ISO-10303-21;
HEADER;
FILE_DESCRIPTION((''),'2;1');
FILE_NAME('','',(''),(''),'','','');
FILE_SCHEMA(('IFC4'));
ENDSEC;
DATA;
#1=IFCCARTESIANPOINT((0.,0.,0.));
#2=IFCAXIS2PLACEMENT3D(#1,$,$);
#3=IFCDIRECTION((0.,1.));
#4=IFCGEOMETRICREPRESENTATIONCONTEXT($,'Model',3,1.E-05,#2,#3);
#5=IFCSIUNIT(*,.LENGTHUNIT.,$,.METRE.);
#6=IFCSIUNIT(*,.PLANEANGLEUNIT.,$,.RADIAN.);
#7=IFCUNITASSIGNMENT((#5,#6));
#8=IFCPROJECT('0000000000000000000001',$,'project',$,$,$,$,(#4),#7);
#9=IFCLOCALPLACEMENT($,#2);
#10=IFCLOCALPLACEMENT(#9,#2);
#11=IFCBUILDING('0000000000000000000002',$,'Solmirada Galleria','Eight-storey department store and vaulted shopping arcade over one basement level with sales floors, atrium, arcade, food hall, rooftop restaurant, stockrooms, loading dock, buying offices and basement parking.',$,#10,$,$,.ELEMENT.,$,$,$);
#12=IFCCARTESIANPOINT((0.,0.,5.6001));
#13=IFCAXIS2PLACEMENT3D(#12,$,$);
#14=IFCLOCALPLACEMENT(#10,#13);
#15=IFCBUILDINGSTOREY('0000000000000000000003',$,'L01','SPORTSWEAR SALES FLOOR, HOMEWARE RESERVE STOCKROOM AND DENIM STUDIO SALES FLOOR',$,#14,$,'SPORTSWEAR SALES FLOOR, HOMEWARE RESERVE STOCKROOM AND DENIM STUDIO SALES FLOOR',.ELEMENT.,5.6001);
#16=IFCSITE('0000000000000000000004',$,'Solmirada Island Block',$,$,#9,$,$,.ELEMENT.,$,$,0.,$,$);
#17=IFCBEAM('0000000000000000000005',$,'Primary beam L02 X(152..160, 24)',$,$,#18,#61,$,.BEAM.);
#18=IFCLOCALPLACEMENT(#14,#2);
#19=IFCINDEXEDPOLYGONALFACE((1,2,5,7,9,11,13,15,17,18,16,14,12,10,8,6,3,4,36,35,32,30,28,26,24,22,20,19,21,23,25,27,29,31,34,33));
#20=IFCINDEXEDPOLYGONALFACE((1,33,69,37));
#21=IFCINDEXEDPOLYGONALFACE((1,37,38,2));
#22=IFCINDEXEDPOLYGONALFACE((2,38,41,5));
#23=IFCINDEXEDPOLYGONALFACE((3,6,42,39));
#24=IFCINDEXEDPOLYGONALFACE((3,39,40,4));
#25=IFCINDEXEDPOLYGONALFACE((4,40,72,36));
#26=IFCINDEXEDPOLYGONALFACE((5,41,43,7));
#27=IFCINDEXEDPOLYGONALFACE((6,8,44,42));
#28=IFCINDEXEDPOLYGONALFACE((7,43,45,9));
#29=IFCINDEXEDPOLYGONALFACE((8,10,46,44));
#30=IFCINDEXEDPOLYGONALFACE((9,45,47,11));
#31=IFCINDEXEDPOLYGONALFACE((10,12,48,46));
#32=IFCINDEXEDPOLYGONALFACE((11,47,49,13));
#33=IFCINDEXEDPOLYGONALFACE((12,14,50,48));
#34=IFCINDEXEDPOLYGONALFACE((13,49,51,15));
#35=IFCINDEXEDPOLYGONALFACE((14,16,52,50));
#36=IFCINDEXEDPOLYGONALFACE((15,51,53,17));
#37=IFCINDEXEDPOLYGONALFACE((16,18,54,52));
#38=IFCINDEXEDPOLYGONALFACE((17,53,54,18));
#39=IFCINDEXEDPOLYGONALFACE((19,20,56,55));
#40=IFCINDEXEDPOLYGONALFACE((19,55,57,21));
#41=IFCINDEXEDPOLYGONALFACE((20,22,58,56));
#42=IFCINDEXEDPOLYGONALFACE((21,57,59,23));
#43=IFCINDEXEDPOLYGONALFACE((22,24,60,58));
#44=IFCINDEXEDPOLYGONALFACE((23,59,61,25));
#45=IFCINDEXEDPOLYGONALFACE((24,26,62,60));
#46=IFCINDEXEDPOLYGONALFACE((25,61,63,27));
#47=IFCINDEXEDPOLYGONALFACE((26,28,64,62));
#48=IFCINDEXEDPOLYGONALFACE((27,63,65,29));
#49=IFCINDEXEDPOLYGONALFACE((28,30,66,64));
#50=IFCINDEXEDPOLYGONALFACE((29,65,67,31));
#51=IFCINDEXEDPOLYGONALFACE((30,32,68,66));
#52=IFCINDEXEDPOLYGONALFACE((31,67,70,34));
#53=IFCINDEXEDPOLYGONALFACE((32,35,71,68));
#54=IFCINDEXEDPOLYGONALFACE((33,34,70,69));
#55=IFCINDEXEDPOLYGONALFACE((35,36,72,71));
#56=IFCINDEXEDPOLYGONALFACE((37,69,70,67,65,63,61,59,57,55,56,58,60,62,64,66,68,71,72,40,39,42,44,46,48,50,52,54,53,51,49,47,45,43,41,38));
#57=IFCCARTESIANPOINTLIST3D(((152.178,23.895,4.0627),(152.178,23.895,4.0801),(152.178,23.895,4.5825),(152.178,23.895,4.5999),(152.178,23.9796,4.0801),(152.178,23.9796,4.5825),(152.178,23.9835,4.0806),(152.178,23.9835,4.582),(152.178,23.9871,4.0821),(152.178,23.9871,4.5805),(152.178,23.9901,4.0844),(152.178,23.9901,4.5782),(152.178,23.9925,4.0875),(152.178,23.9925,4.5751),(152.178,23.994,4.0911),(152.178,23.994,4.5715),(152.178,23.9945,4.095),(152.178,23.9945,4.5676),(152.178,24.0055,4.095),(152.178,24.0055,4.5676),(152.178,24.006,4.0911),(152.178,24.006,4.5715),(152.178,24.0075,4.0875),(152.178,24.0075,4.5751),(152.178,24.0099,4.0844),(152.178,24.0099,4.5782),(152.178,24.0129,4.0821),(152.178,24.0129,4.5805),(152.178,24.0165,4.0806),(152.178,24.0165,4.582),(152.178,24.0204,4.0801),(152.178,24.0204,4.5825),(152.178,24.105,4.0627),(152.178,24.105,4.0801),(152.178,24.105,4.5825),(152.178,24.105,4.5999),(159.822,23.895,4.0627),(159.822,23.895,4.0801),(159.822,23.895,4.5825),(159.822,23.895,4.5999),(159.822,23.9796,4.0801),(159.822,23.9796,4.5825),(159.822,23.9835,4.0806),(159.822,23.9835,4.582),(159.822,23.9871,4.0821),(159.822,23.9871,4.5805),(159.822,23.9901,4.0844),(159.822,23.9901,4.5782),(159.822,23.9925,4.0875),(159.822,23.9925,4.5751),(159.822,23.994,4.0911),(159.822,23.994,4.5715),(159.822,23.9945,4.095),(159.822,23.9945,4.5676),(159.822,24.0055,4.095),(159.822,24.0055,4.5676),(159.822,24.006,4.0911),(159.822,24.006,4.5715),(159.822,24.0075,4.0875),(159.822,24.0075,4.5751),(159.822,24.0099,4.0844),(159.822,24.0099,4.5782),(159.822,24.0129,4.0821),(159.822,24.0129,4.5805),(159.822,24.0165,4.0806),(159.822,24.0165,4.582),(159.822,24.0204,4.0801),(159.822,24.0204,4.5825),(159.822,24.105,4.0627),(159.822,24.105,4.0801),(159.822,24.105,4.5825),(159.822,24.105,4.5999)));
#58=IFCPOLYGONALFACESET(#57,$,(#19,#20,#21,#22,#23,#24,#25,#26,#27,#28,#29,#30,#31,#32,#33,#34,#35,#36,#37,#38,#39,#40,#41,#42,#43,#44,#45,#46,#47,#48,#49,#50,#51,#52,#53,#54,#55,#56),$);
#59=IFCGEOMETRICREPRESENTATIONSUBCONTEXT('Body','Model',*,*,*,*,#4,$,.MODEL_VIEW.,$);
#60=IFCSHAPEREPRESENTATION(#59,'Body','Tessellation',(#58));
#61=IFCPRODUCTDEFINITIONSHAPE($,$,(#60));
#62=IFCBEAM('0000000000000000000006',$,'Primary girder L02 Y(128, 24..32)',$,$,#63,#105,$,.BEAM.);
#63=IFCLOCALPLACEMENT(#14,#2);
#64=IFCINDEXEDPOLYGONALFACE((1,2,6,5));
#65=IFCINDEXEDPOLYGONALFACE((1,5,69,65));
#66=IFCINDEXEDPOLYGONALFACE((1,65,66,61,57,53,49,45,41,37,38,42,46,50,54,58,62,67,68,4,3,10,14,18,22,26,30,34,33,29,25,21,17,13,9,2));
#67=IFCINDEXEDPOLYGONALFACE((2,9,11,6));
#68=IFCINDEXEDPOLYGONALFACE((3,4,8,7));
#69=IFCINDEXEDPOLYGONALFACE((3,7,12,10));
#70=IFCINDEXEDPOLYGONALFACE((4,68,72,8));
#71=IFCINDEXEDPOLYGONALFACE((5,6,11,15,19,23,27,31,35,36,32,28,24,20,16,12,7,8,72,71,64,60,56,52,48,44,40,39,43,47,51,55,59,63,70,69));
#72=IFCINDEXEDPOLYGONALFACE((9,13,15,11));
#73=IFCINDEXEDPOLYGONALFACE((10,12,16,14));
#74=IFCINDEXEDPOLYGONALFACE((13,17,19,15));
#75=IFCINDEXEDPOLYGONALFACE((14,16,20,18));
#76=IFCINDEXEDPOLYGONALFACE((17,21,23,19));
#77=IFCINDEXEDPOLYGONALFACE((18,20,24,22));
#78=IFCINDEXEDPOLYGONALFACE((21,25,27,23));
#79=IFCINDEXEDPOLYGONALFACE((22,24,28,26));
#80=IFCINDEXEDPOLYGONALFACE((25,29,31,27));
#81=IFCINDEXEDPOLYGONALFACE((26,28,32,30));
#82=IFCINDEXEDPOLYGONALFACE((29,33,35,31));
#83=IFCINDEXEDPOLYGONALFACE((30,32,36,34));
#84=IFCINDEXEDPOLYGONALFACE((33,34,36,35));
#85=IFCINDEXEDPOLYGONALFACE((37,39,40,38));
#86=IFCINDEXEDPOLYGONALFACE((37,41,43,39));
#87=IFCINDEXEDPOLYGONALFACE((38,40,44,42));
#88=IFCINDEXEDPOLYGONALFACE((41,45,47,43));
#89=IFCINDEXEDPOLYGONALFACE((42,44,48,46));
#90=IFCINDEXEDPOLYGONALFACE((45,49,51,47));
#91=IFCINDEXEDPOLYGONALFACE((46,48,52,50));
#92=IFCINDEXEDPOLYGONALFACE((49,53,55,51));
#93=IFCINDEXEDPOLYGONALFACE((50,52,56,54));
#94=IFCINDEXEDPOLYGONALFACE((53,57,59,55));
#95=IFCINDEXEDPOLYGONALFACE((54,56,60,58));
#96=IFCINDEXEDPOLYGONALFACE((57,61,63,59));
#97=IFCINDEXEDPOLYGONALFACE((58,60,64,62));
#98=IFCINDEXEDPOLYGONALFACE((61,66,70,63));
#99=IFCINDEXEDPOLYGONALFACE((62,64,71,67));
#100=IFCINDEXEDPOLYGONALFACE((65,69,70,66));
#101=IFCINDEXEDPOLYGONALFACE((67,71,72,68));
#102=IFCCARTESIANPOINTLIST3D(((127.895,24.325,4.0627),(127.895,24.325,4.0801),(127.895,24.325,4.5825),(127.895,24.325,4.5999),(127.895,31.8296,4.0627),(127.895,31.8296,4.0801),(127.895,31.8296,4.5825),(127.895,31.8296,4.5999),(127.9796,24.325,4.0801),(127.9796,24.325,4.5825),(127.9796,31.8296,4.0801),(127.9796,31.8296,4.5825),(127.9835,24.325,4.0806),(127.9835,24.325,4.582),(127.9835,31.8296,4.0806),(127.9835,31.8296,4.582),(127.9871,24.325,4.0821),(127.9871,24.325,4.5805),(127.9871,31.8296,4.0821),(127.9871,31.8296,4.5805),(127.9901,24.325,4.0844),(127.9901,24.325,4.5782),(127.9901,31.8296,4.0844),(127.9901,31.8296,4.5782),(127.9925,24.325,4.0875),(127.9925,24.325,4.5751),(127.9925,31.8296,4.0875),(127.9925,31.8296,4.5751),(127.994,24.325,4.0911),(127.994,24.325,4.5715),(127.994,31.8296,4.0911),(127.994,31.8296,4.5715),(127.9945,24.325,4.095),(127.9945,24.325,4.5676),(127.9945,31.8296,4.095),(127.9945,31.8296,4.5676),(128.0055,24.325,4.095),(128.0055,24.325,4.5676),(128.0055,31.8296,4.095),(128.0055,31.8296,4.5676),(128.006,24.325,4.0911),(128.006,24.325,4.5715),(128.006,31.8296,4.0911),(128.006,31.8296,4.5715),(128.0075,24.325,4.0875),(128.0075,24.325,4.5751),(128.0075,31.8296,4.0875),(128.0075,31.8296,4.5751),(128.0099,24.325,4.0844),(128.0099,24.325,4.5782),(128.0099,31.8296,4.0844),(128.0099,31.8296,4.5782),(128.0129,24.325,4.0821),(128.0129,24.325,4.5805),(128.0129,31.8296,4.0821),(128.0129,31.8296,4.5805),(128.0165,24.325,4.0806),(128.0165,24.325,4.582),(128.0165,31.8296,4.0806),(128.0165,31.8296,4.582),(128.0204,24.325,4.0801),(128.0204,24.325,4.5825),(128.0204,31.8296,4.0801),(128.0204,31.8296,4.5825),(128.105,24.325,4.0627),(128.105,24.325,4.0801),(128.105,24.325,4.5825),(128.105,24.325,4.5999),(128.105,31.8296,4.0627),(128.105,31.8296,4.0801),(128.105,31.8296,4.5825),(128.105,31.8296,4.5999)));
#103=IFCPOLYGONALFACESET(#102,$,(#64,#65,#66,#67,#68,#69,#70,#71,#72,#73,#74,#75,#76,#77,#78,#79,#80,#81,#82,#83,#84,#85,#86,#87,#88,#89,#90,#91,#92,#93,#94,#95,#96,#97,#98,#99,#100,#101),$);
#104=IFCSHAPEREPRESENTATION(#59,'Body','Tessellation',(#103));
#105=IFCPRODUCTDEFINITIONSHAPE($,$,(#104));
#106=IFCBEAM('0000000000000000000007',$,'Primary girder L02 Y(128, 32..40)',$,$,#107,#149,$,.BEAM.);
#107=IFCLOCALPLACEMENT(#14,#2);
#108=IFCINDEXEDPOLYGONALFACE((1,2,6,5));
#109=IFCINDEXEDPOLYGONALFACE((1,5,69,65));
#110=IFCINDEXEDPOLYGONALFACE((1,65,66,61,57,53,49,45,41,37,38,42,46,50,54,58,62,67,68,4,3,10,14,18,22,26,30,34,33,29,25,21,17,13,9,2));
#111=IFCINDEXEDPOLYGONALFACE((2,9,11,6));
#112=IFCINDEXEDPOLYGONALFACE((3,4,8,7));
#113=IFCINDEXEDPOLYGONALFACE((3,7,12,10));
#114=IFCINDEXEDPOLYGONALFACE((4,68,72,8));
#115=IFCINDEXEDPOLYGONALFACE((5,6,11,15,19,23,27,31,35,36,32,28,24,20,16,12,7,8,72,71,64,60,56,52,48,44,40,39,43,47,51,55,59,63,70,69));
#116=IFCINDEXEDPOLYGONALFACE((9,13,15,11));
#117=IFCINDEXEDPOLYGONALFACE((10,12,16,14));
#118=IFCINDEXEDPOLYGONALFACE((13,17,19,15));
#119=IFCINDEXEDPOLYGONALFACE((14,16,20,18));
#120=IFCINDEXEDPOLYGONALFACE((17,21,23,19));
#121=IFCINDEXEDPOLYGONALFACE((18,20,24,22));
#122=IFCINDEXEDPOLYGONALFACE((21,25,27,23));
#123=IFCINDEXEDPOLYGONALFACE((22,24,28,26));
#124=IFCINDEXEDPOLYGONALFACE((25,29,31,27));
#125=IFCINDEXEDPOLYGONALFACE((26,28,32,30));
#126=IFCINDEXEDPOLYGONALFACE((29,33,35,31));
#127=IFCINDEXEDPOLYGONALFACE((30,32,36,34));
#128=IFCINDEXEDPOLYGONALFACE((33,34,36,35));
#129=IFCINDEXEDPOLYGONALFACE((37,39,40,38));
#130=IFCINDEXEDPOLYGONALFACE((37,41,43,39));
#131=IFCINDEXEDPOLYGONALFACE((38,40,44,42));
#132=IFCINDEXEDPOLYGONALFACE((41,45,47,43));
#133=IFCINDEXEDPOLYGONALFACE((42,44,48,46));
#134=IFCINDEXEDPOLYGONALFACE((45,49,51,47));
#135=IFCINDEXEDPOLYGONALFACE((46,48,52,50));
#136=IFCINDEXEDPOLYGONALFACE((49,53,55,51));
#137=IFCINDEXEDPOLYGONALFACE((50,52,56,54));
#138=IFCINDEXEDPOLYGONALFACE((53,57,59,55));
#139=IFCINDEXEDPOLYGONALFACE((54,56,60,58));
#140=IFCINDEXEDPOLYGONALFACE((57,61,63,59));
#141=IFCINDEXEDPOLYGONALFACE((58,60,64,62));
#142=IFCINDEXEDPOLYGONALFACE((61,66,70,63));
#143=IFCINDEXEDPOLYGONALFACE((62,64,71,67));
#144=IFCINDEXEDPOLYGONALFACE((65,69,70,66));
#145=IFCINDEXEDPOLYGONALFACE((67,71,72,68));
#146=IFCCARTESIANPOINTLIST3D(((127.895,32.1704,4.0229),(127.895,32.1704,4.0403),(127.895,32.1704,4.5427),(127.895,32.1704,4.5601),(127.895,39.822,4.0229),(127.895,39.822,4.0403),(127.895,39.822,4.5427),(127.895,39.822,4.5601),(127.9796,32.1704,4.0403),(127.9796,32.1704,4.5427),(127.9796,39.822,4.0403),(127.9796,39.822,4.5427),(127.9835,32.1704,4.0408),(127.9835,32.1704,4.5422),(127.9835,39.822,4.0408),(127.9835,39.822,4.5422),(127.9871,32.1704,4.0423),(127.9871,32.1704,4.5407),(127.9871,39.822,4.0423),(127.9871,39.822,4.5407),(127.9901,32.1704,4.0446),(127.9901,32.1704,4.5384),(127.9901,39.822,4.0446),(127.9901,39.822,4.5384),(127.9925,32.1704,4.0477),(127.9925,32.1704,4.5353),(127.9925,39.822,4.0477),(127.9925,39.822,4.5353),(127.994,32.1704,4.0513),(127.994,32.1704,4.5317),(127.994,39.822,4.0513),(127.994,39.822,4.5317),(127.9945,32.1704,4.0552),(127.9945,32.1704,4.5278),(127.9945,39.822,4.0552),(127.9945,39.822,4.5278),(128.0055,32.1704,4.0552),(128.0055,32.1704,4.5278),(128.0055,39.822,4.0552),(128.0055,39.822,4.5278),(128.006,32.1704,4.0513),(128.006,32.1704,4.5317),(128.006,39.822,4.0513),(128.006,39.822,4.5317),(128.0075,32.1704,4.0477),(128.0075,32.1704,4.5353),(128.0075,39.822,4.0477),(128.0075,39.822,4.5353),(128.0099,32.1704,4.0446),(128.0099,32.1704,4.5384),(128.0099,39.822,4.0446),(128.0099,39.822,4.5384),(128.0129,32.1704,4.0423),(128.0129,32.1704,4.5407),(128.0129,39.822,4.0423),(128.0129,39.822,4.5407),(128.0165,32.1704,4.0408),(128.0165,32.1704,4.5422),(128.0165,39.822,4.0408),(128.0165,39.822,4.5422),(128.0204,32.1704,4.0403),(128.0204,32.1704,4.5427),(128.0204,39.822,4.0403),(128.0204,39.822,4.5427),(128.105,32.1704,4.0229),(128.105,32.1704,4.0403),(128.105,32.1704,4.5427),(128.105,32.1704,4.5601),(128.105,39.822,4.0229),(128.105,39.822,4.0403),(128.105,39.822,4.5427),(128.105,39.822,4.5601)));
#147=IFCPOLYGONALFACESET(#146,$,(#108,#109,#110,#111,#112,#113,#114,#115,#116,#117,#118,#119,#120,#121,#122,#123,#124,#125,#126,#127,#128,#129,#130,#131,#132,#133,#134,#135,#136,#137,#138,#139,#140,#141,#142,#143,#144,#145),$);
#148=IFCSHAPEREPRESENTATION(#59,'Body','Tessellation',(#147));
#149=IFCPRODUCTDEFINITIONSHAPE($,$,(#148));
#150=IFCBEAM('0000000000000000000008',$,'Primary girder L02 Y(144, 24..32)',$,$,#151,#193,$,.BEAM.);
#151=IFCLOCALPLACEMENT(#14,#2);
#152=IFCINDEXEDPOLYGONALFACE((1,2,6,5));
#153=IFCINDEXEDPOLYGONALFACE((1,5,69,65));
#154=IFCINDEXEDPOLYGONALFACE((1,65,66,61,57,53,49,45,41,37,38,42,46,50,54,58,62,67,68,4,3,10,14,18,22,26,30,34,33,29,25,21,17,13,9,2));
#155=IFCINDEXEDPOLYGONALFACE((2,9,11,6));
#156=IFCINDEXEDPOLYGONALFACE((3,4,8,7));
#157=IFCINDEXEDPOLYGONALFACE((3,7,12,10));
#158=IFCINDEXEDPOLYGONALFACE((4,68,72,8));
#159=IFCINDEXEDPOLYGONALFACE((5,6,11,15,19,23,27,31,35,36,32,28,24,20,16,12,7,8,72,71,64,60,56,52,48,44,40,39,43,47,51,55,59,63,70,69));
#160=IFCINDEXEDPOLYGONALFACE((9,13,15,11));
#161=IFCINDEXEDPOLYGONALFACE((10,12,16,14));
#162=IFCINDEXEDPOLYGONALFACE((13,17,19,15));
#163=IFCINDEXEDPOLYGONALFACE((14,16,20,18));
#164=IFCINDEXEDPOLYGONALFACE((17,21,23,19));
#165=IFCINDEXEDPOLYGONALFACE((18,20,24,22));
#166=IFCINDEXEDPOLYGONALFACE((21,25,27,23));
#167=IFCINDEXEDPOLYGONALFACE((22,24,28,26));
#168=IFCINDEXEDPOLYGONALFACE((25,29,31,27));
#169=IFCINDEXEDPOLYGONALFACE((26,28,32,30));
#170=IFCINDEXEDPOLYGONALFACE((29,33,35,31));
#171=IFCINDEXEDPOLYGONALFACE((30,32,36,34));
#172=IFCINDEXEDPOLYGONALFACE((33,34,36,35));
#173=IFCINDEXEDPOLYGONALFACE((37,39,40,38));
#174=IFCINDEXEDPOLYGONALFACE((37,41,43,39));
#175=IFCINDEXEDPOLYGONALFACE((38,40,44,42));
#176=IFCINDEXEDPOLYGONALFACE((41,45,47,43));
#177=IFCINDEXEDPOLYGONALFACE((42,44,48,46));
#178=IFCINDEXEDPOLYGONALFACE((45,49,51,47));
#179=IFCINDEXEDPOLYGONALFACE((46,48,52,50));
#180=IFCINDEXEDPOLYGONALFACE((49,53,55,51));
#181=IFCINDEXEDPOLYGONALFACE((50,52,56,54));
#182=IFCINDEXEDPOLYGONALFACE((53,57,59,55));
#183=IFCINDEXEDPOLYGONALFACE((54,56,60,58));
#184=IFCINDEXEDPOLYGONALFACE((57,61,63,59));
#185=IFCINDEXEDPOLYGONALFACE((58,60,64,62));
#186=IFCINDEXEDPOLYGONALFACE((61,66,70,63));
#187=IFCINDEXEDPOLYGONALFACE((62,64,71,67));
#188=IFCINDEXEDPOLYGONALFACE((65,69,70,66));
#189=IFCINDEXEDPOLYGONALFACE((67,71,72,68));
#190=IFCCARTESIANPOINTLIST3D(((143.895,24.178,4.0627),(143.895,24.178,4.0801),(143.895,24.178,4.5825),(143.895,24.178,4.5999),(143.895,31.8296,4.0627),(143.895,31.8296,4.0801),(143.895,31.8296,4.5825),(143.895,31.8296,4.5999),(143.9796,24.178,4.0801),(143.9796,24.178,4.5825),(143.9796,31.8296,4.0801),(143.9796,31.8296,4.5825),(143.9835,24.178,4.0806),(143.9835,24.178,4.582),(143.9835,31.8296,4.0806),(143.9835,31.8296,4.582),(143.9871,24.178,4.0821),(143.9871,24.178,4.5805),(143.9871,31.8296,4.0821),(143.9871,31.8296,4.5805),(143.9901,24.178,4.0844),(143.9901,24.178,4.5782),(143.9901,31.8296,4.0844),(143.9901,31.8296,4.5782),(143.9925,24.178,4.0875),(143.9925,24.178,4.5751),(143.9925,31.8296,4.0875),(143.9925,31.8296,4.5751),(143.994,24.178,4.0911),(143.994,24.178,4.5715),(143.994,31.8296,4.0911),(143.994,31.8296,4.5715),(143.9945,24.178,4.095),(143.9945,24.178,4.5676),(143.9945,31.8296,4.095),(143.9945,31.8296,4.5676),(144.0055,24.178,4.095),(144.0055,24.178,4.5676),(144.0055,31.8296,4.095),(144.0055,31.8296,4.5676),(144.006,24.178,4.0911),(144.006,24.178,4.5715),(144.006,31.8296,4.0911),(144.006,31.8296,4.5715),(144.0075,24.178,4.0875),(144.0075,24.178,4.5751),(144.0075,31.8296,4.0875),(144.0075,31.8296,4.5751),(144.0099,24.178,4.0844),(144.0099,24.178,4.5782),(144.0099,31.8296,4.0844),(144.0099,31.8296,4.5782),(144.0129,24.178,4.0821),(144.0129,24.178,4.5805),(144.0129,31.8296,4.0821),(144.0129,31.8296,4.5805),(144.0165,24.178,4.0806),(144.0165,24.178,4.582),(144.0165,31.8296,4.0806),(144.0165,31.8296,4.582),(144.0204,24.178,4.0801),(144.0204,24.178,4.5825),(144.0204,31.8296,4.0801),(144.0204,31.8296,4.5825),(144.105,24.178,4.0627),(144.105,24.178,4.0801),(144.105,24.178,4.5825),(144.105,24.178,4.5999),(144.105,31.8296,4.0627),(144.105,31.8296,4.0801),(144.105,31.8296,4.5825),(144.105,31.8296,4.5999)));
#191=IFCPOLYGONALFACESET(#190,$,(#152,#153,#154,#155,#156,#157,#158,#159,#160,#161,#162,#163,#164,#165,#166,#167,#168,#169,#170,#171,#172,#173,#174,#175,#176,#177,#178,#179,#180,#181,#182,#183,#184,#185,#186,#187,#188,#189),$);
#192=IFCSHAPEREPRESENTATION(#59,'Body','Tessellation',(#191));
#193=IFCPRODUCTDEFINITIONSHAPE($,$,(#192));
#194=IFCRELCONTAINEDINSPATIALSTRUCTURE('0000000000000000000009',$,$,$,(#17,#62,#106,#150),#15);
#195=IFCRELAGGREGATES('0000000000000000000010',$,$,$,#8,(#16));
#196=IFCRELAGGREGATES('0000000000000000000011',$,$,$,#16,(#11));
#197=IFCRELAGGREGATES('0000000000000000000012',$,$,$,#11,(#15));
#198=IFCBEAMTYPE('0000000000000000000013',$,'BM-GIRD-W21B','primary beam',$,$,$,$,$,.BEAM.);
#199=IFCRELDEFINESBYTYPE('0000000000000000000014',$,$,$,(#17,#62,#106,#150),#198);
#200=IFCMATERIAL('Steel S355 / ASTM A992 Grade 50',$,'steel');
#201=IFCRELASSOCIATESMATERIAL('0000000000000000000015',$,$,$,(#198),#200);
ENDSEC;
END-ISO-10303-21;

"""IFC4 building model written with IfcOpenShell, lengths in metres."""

from ifc_helpers import new_model, si_unit, direction, frame, origin, origin_2d, place, context, subcontext, project, spatial, i_section, extrude, material, material_profile, profile_set, type_object, element, save


model = new_model("IFC4")

# Units and contexts
model_context = context("Model", 3, precision=1e-05, world=origin(), true_north=direction((0.0, 1.0)))
body_context = subcontext(model_context, "Body", "Model", "MODEL_VIEW")
ifc_project = project(units=[si_unit("LENGTHUNIT", "METRE"), si_unit("PLANEANGLEUNIT", "RADIAN")], contexts=[model_context])

# Site, building, storey
site_placement = place(None, origin())
site = spatial("IfcSite", under=ifc_project, at=site_placement, Name="Solmirada Island Block", CompositionType="ELEMENT", RefElevation=0.0)
building_placement = place(site_placement, origin())
building = spatial("IfcBuilding", under=site, at=building_placement, Name="Solmirada Galleria", Description="Eight-storey department store and vaulted shopping arcade over one basement level with sales floors, atrium, arcade, food hall, rooftop restaurant, stockrooms, loading dock, buying offices and basement parking.", CompositionType="ELEMENT")
storey_placement = place(building_placement, frame((0.0, 0.0, 5.6001)))
storey = spatial("IfcBuildingStorey", under=building, at=storey_placement, Name="L01", Description="SPORTSWEAR SALES FLOOR, HOMEWARE RESERVE STOCKROOM AND DENIM STUDIO SALES FLOOR", LongName="SPORTSWEAR SALES FLOOR, HOMEWARE RESERVE STOCKROOM AND DENIM STUDIO SALES FLOOR", CompositionType="ELEMENT", Elevation=5.6001)

# Beams
ifc_material_1 = material(Name="Steel S355 / ASTM A992 Grade 50", Category="steel")
ifc_material_profile_1 = material_profile(ifc_material_1, i_section(OverallWidth=0.21, OverallDepth=0.5371, WebThickness=0.011, FlangeThickness=0.0173, FilletRadius=0.0149, at=origin_2d()), Name="W21X68")
ifc_profile_set_1 = profile_set([ifc_material_profile_1], Name="Steel S355 / ASTM A992 Grade 50")
beam_type_1 = type_object("IfcBeamType", Name="BM-GIRD-W21B", Description="primary beam", PredefinedType="BEAM", material=ifc_profile_set_1)
for number, where, z_axis, x_axis, name in (
    (1, (152.178, 24.0, 4.3313), (1.0, 0.0, 0.0), (0.0, 1.0, 0.0), "Primary beam L02 X(152..160, 24)"),
):
    element("IfcBeam", number, at=place(storey_placement, frame(where, z_axis=z_axis, x_axis=x_axis)), inside=storey, type_object=beam_type_1, Name=name, PredefinedType="BEAM", context=body_context, shape_type="SweptSolid", body=[
        extrude(i_section(OverallWidth=0.21, OverallDepth=0.5371, WebThickness=0.011, FlangeThickness=0.0173, FilletRadius=0.0149, at=origin_2d()), origin(), (0.0, 0.0, 1.0), 7.644),
    ])
beam_1_placement = place(storey_placement, frame((128.0, 24.325, 4.3313), z_axis=(0.0, 1.0, 0.0), x_axis=(-1.0, 0.0, 0.0)))
element("IfcBeam", 2, at=beam_1_placement, inside=storey, type_object=beam_type_1, Name="Primary girder L02 Y(128, 24..32)", PredefinedType="BEAM", context=body_context, shape_type="SweptSolid", body=[
    extrude(i_section(OverallWidth=0.21, OverallDepth=0.5371, WebThickness=0.011, FlangeThickness=0.0173, FilletRadius=0.0149, at=origin_2d()), origin(), (0.0, 0.0, 1.0), 7.5046),
])
for number, where, z_axis, x_axis, name in (
    (3, (128.0, 32.1704, 4.2915), (0.0, 1.0, 0.0), (-1.0, 0.0, 0.0), "Primary girder L02 Y(128, 32..40)"),
    (4, (144.0, 24.178, 4.3313), (0.0, 1.0, 0.0), (-1.0, 0.0, 0.0), "Primary girder L02 Y(144, 24..32)"),
):
    element("IfcBeam", number, at=place(storey_placement, frame(where, z_axis=z_axis, x_axis=x_axis)), inside=storey, type_object=beam_type_1, Name=name, PredefinedType="BEAM", context=body_context, shape_type="SweptSolid", body=[
        extrude(i_section(OverallWidth=0.21, OverallDepth=0.5371, WebThickness=0.011, FlangeThickness=0.0173, FilletRadius=0.0149, at=origin_2d()), origin(), (0.0, 0.0, 1.0), 7.6516),
    ])

save(model, "model.ifc")
